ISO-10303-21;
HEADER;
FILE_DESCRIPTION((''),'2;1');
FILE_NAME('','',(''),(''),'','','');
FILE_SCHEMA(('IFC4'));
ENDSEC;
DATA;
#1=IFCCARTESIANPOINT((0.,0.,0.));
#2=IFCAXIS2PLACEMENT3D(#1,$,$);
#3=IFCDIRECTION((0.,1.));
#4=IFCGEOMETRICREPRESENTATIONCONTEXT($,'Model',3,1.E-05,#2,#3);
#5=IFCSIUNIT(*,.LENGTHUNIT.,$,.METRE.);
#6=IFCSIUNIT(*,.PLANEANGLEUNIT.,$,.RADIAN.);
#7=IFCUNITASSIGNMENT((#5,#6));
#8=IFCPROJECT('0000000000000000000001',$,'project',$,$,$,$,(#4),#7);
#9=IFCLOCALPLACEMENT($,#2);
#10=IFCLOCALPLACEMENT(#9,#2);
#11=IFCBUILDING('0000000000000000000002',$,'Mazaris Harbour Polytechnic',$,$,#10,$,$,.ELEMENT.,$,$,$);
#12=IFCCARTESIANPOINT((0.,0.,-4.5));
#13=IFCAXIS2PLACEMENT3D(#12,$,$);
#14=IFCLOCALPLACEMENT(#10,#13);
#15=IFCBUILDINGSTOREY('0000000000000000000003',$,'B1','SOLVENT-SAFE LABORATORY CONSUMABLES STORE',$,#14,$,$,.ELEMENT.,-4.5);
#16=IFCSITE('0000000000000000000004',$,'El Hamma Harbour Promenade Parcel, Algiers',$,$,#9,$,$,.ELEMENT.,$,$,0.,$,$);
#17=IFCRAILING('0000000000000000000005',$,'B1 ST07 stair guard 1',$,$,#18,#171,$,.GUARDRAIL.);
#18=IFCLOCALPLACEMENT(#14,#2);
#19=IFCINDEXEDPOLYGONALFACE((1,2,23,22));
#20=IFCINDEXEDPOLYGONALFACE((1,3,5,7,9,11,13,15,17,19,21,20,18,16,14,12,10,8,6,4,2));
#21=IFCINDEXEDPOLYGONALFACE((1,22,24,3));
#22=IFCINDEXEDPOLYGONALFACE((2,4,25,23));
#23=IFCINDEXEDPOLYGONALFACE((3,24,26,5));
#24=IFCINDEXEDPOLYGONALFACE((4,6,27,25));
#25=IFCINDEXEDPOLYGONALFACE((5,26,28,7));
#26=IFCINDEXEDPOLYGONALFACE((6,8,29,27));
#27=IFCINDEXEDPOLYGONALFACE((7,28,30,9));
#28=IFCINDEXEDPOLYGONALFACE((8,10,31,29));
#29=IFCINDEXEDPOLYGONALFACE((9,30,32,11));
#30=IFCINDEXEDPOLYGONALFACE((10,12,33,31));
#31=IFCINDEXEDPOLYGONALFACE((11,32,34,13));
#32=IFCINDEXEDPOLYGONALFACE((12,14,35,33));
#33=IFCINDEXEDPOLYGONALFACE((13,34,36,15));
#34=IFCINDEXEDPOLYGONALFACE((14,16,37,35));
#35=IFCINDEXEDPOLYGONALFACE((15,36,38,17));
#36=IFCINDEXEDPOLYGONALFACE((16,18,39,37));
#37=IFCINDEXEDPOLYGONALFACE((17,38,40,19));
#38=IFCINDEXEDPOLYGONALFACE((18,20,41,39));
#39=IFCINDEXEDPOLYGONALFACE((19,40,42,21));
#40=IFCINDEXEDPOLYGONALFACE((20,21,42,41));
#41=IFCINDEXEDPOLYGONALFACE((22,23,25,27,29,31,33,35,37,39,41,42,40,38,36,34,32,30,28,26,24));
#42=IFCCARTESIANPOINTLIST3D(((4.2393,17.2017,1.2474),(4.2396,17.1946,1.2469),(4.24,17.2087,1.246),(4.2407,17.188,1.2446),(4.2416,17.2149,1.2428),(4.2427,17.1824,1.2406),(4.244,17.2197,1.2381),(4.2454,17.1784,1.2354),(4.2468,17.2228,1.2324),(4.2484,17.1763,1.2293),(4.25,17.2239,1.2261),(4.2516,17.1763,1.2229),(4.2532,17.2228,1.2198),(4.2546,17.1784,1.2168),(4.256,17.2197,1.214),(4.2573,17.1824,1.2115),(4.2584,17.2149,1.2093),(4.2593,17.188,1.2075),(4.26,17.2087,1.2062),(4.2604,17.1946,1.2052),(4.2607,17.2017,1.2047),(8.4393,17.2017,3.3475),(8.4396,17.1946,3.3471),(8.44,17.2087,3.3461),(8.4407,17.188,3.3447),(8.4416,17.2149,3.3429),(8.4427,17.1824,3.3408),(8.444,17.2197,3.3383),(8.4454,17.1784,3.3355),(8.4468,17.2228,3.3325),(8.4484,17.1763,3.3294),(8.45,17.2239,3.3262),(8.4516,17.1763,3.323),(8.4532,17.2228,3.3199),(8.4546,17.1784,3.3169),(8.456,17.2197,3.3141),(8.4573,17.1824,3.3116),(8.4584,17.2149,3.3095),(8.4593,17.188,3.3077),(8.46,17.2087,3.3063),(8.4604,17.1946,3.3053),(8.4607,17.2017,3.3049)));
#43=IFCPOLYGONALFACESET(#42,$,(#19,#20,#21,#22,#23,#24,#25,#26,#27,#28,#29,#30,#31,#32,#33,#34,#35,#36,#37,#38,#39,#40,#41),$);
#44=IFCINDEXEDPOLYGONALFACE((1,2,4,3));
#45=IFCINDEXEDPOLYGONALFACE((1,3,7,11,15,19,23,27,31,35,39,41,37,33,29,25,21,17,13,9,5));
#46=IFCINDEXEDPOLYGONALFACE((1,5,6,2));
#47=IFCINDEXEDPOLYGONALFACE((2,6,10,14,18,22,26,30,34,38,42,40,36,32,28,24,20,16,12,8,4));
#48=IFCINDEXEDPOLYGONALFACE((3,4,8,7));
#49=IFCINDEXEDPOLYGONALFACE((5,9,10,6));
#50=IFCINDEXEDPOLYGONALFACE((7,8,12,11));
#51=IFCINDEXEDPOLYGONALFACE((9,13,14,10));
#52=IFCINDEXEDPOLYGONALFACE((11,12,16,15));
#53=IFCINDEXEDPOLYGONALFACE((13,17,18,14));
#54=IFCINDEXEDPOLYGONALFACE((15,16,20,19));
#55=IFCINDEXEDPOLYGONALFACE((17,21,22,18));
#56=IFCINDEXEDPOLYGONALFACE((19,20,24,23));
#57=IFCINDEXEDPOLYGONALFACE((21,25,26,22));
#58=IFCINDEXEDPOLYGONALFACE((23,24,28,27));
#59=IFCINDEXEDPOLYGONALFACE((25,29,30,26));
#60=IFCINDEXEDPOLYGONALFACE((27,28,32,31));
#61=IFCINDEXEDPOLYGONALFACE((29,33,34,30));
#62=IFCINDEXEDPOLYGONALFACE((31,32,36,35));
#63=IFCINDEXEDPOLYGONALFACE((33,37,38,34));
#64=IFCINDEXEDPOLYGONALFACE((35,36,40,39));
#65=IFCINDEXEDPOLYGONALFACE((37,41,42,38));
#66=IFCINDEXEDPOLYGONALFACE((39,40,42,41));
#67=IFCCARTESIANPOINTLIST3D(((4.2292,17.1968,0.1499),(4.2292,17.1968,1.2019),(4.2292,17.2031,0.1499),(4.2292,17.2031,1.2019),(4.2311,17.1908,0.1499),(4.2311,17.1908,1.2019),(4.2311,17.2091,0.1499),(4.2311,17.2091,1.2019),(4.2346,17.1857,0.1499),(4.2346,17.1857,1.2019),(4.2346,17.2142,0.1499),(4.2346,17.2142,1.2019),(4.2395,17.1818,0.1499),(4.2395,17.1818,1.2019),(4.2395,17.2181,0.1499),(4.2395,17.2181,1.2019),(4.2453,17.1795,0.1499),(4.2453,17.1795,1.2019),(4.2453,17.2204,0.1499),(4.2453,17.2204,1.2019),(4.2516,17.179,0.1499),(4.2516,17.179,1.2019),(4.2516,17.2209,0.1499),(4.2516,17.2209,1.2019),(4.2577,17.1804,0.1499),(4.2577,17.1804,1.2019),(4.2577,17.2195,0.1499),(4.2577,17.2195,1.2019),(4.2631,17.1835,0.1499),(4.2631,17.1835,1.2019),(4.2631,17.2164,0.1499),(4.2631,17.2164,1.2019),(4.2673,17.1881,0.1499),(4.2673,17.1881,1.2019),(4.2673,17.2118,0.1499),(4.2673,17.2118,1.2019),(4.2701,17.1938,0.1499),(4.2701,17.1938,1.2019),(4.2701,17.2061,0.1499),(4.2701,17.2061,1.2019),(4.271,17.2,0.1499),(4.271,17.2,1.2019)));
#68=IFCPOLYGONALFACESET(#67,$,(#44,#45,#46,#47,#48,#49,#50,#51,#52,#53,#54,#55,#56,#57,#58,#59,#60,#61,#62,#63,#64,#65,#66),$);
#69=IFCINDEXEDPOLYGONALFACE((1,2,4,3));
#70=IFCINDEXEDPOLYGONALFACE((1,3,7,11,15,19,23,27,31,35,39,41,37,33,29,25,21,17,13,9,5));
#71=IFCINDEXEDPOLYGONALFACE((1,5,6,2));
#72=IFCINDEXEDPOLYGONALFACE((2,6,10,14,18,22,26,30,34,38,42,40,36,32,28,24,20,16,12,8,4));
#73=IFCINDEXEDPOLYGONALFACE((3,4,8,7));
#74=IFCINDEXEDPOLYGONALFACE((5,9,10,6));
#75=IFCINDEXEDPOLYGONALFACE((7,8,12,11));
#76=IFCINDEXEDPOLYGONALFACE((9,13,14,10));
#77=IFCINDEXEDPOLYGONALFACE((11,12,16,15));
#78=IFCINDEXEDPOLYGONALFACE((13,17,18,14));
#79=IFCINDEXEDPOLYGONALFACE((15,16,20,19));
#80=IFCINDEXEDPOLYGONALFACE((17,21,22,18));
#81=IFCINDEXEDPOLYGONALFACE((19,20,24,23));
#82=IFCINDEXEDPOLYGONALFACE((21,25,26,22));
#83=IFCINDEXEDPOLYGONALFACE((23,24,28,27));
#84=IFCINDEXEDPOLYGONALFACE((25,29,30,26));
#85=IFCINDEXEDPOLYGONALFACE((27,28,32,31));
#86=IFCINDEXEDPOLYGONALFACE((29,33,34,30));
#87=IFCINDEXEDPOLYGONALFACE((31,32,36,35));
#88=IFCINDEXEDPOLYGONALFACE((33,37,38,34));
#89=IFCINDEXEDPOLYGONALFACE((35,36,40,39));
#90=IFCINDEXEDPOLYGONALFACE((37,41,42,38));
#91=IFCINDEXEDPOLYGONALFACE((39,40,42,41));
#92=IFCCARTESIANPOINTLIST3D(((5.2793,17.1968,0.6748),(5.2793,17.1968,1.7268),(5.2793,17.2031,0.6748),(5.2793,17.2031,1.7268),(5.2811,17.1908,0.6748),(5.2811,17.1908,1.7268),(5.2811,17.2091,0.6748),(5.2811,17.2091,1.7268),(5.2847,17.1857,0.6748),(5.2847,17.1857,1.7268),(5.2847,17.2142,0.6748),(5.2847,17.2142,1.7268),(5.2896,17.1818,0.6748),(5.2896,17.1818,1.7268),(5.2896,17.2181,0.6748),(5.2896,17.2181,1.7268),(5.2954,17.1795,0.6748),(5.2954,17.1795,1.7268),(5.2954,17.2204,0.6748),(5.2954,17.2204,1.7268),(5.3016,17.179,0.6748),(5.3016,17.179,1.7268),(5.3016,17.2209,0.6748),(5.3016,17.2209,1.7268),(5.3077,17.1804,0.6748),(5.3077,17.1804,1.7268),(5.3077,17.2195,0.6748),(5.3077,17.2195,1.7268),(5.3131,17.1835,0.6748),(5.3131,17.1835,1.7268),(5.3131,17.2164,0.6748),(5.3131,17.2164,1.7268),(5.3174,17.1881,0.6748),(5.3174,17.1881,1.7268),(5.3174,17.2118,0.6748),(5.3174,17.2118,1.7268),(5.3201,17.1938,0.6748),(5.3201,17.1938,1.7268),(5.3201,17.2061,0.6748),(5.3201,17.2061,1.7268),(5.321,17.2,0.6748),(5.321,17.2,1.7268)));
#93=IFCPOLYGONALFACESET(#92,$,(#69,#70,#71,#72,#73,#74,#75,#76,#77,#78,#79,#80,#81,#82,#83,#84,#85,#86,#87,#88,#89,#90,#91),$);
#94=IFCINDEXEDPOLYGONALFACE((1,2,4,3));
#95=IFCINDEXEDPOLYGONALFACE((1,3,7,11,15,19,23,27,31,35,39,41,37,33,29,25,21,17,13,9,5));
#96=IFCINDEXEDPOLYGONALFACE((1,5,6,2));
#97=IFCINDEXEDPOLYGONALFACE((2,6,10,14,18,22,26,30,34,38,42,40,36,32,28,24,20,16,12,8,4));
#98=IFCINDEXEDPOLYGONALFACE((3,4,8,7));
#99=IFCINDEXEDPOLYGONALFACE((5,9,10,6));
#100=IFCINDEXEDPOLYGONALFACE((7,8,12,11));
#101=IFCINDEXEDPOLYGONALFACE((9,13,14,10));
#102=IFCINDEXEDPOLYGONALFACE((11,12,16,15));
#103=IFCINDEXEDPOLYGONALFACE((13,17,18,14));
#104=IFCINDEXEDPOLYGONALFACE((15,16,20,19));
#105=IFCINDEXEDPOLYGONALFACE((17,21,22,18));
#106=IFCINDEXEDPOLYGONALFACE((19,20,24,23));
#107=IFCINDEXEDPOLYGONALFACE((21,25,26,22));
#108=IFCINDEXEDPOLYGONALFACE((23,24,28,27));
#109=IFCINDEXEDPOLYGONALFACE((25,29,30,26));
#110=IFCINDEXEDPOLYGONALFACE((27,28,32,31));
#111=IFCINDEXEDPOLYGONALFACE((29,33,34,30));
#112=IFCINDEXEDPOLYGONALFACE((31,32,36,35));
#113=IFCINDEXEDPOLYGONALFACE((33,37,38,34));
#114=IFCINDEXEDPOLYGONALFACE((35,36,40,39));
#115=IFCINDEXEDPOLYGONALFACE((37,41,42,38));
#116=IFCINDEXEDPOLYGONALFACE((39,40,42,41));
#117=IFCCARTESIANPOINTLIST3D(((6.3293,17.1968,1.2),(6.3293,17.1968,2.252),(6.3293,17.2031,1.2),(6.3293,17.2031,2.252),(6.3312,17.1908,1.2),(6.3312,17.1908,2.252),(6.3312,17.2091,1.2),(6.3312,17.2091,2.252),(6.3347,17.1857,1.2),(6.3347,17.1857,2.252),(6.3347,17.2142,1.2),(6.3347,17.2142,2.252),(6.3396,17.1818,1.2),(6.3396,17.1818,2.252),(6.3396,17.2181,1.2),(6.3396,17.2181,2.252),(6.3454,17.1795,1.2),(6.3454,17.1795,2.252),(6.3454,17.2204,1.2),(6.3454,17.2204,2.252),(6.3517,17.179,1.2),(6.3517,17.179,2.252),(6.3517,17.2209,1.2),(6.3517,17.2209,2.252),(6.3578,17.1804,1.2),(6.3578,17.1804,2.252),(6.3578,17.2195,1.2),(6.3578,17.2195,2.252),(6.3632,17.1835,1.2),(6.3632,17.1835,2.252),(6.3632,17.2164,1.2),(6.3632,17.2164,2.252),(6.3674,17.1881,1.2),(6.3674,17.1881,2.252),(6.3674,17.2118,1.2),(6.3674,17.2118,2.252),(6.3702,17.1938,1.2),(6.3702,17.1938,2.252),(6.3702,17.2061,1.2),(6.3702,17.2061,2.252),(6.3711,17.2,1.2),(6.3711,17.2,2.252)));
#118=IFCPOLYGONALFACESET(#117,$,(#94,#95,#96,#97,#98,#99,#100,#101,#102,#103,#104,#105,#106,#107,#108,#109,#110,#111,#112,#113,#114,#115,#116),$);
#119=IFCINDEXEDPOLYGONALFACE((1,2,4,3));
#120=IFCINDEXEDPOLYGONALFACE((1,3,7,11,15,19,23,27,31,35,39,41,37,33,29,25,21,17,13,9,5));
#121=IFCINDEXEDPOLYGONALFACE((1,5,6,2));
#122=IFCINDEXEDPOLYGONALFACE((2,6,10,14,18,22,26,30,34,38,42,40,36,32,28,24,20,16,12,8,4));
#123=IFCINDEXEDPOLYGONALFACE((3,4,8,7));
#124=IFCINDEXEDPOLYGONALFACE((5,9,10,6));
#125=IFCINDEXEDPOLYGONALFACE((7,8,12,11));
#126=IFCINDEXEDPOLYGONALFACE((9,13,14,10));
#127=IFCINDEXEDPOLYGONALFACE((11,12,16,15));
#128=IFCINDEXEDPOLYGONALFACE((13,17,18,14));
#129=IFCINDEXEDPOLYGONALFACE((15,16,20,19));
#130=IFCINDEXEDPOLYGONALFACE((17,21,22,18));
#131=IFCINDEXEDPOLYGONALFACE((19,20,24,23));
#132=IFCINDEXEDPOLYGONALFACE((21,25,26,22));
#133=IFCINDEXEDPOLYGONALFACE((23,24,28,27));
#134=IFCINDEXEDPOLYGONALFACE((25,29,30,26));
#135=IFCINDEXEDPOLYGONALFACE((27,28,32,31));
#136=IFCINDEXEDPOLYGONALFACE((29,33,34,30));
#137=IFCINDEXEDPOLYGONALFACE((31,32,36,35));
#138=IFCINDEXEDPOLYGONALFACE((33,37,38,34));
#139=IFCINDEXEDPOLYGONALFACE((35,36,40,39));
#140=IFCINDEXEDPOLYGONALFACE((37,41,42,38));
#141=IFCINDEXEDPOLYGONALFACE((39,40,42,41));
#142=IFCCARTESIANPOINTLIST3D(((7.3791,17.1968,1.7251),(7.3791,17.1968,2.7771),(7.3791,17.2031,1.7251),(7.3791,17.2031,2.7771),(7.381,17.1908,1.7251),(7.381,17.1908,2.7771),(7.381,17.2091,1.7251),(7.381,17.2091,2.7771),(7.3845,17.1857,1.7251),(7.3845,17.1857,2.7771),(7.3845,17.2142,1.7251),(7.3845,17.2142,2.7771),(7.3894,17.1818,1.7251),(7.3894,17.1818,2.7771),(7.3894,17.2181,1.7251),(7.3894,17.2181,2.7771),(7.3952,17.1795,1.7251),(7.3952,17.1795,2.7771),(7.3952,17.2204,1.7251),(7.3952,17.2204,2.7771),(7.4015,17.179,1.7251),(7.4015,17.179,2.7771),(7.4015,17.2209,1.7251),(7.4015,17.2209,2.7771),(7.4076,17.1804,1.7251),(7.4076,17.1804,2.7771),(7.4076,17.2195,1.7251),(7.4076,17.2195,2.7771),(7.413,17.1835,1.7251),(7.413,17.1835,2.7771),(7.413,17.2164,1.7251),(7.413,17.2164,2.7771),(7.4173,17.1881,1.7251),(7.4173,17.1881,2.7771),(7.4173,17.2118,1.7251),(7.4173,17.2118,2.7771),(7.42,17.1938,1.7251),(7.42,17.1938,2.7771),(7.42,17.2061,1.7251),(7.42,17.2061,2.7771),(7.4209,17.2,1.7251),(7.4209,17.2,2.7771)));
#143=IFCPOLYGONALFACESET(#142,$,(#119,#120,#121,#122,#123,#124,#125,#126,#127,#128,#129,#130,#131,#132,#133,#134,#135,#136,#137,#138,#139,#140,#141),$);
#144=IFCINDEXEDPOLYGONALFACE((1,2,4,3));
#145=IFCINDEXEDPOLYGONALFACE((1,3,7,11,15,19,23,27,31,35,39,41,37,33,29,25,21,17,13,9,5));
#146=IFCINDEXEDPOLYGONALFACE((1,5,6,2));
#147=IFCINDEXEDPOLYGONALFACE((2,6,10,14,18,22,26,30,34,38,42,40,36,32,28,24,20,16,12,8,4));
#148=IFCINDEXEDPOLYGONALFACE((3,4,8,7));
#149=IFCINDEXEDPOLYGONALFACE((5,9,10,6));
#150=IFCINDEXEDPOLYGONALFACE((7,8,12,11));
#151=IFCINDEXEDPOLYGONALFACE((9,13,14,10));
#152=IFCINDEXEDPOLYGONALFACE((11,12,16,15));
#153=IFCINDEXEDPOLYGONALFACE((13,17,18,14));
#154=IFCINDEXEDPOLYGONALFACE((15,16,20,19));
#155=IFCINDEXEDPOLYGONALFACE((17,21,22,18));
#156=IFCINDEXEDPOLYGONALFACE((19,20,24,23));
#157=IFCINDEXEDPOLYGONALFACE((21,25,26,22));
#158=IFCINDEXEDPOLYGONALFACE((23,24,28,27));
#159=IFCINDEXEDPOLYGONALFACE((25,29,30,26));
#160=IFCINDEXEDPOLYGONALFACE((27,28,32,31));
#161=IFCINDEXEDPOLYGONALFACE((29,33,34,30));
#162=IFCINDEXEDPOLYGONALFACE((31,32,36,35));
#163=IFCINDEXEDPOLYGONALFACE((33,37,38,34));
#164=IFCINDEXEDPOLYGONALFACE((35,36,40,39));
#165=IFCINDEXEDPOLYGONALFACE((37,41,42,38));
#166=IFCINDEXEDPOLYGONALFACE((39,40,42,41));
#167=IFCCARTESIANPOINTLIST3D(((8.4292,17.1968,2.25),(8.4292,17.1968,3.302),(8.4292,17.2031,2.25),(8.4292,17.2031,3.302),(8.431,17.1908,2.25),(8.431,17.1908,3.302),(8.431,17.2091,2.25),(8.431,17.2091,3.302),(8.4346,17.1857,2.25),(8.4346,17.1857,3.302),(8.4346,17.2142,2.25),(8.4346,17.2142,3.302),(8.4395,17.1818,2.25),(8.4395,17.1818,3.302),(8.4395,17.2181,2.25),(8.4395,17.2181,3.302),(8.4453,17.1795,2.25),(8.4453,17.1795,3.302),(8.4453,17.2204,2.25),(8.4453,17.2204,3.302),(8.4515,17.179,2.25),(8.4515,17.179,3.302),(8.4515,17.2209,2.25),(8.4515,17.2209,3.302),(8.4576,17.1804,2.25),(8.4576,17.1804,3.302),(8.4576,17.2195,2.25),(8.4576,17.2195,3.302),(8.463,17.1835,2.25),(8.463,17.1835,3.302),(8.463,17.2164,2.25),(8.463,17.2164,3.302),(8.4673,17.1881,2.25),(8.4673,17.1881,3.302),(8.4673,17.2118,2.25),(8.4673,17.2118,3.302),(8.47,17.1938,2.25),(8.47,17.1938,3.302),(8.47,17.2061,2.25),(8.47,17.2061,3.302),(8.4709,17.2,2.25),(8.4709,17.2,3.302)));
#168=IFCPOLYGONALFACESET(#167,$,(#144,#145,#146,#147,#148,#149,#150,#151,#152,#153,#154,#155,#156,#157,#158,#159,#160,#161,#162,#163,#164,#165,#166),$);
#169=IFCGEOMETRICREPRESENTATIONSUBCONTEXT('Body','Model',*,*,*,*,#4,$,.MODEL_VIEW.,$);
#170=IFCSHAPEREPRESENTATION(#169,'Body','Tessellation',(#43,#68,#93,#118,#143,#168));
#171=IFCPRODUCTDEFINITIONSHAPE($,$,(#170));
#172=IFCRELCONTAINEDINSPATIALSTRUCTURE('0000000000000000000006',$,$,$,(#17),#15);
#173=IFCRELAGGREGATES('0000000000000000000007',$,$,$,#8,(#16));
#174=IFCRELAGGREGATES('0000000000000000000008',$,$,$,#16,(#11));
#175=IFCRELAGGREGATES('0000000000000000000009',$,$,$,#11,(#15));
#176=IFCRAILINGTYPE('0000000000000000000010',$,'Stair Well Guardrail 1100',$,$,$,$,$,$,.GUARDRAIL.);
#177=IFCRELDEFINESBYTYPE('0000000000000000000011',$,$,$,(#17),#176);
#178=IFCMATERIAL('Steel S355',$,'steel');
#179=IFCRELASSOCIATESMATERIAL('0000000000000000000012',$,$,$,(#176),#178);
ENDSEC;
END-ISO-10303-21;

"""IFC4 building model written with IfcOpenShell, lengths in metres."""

from ifc_helpers import new_model, si_unit, direction, frame, origin, origin_2d, place, context, subcontext, project, spatial, circle, extrude, material, type_object, element, save


model = new_model("IFC4")

# Units and contexts
model_context = context("Model", 3, precision=1e-05, world=origin(), true_north=direction((0.0, 1.0)))
body_context = subcontext(model_context, "Body", "Model", "MODEL_VIEW")
ifc_project = project(units=[si_unit("LENGTHUNIT", "METRE"), si_unit("PLANEANGLEUNIT", "RADIAN")], contexts=[model_context])

# Site, building, storey
site_placement = place(None, origin())
site = spatial("IfcSite", under=ifc_project, at=site_placement, Name="El Hamma Harbour Promenade Parcel, Algiers", CompositionType="ELEMENT", RefElevation=0.0)
building_placement = place(site_placement, origin())
building = spatial("IfcBuilding", under=site, at=building_placement, Name="Mazaris Harbour Polytechnic", CompositionType="ELEMENT")
storey_placement = place(building_placement, frame((0.0, 0.0, -4.5)))
storey = spatial("IfcBuildingStorey", under=building, at=storey_placement, Name="B1", Description="SOLVENT-SAFE LABORATORY CONSUMABLES STORE", CompositionType="ELEMENT", Elevation=-4.5)

# Railing
ifc_material_1 = material(Name="Steel S355", Category="steel")
railing_type_1 = type_object("IfcRailingType", Name="Stair Well Guardrail 1100", PredefinedType="GUARDRAIL", material=ifc_material_1)
railing_1_placement = place(storey_placement, frame((4.25, 17.2, 0.1499)))
element("IfcRailing", 1, at=railing_1_placement, inside=storey, type_object=railing_type_1, Name="B1 ST07 stair guard 1", PredefinedType="GUARDRAIL", context=body_context, shape_type="SweptSolid", body=[
    extrude(circle(Radius=0.0239, at=origin_2d()), frame((0.0, 0.0, 1.0762), z_axis=(0.894417, 0.0, 0.447234), x_axis=(0.0, 1.0, 0.0)), (0.0, 0.0, 1.0), 4.6958),
    extrude(circle(Radius=0.021, at=origin_2d()), origin(), (0.0, 0.0, 1.0), 1.052),
    extrude(circle(Radius=0.021, at=origin_2d()), frame((1.05, 0.0, 0.5249)), (0.0, 0.0, 1.0), 1.052),
    extrude(circle(Radius=0.021, at=origin_2d()), frame((2.1001, 0.0, 1.05)), (0.0, 0.0, 1.0), 1.052),
    extrude(circle(Radius=0.021, at=origin_2d()), frame((3.1499, 0.0, 1.5752)), (0.0, 0.0, 1.0), 1.052),
    extrude(circle(Radius=0.021, at=origin_2d()), frame((4.2, 0.0, 2.1001)), (0.0, 0.0, 1.0), 1.052),
])

save(model, "model.ifc")
